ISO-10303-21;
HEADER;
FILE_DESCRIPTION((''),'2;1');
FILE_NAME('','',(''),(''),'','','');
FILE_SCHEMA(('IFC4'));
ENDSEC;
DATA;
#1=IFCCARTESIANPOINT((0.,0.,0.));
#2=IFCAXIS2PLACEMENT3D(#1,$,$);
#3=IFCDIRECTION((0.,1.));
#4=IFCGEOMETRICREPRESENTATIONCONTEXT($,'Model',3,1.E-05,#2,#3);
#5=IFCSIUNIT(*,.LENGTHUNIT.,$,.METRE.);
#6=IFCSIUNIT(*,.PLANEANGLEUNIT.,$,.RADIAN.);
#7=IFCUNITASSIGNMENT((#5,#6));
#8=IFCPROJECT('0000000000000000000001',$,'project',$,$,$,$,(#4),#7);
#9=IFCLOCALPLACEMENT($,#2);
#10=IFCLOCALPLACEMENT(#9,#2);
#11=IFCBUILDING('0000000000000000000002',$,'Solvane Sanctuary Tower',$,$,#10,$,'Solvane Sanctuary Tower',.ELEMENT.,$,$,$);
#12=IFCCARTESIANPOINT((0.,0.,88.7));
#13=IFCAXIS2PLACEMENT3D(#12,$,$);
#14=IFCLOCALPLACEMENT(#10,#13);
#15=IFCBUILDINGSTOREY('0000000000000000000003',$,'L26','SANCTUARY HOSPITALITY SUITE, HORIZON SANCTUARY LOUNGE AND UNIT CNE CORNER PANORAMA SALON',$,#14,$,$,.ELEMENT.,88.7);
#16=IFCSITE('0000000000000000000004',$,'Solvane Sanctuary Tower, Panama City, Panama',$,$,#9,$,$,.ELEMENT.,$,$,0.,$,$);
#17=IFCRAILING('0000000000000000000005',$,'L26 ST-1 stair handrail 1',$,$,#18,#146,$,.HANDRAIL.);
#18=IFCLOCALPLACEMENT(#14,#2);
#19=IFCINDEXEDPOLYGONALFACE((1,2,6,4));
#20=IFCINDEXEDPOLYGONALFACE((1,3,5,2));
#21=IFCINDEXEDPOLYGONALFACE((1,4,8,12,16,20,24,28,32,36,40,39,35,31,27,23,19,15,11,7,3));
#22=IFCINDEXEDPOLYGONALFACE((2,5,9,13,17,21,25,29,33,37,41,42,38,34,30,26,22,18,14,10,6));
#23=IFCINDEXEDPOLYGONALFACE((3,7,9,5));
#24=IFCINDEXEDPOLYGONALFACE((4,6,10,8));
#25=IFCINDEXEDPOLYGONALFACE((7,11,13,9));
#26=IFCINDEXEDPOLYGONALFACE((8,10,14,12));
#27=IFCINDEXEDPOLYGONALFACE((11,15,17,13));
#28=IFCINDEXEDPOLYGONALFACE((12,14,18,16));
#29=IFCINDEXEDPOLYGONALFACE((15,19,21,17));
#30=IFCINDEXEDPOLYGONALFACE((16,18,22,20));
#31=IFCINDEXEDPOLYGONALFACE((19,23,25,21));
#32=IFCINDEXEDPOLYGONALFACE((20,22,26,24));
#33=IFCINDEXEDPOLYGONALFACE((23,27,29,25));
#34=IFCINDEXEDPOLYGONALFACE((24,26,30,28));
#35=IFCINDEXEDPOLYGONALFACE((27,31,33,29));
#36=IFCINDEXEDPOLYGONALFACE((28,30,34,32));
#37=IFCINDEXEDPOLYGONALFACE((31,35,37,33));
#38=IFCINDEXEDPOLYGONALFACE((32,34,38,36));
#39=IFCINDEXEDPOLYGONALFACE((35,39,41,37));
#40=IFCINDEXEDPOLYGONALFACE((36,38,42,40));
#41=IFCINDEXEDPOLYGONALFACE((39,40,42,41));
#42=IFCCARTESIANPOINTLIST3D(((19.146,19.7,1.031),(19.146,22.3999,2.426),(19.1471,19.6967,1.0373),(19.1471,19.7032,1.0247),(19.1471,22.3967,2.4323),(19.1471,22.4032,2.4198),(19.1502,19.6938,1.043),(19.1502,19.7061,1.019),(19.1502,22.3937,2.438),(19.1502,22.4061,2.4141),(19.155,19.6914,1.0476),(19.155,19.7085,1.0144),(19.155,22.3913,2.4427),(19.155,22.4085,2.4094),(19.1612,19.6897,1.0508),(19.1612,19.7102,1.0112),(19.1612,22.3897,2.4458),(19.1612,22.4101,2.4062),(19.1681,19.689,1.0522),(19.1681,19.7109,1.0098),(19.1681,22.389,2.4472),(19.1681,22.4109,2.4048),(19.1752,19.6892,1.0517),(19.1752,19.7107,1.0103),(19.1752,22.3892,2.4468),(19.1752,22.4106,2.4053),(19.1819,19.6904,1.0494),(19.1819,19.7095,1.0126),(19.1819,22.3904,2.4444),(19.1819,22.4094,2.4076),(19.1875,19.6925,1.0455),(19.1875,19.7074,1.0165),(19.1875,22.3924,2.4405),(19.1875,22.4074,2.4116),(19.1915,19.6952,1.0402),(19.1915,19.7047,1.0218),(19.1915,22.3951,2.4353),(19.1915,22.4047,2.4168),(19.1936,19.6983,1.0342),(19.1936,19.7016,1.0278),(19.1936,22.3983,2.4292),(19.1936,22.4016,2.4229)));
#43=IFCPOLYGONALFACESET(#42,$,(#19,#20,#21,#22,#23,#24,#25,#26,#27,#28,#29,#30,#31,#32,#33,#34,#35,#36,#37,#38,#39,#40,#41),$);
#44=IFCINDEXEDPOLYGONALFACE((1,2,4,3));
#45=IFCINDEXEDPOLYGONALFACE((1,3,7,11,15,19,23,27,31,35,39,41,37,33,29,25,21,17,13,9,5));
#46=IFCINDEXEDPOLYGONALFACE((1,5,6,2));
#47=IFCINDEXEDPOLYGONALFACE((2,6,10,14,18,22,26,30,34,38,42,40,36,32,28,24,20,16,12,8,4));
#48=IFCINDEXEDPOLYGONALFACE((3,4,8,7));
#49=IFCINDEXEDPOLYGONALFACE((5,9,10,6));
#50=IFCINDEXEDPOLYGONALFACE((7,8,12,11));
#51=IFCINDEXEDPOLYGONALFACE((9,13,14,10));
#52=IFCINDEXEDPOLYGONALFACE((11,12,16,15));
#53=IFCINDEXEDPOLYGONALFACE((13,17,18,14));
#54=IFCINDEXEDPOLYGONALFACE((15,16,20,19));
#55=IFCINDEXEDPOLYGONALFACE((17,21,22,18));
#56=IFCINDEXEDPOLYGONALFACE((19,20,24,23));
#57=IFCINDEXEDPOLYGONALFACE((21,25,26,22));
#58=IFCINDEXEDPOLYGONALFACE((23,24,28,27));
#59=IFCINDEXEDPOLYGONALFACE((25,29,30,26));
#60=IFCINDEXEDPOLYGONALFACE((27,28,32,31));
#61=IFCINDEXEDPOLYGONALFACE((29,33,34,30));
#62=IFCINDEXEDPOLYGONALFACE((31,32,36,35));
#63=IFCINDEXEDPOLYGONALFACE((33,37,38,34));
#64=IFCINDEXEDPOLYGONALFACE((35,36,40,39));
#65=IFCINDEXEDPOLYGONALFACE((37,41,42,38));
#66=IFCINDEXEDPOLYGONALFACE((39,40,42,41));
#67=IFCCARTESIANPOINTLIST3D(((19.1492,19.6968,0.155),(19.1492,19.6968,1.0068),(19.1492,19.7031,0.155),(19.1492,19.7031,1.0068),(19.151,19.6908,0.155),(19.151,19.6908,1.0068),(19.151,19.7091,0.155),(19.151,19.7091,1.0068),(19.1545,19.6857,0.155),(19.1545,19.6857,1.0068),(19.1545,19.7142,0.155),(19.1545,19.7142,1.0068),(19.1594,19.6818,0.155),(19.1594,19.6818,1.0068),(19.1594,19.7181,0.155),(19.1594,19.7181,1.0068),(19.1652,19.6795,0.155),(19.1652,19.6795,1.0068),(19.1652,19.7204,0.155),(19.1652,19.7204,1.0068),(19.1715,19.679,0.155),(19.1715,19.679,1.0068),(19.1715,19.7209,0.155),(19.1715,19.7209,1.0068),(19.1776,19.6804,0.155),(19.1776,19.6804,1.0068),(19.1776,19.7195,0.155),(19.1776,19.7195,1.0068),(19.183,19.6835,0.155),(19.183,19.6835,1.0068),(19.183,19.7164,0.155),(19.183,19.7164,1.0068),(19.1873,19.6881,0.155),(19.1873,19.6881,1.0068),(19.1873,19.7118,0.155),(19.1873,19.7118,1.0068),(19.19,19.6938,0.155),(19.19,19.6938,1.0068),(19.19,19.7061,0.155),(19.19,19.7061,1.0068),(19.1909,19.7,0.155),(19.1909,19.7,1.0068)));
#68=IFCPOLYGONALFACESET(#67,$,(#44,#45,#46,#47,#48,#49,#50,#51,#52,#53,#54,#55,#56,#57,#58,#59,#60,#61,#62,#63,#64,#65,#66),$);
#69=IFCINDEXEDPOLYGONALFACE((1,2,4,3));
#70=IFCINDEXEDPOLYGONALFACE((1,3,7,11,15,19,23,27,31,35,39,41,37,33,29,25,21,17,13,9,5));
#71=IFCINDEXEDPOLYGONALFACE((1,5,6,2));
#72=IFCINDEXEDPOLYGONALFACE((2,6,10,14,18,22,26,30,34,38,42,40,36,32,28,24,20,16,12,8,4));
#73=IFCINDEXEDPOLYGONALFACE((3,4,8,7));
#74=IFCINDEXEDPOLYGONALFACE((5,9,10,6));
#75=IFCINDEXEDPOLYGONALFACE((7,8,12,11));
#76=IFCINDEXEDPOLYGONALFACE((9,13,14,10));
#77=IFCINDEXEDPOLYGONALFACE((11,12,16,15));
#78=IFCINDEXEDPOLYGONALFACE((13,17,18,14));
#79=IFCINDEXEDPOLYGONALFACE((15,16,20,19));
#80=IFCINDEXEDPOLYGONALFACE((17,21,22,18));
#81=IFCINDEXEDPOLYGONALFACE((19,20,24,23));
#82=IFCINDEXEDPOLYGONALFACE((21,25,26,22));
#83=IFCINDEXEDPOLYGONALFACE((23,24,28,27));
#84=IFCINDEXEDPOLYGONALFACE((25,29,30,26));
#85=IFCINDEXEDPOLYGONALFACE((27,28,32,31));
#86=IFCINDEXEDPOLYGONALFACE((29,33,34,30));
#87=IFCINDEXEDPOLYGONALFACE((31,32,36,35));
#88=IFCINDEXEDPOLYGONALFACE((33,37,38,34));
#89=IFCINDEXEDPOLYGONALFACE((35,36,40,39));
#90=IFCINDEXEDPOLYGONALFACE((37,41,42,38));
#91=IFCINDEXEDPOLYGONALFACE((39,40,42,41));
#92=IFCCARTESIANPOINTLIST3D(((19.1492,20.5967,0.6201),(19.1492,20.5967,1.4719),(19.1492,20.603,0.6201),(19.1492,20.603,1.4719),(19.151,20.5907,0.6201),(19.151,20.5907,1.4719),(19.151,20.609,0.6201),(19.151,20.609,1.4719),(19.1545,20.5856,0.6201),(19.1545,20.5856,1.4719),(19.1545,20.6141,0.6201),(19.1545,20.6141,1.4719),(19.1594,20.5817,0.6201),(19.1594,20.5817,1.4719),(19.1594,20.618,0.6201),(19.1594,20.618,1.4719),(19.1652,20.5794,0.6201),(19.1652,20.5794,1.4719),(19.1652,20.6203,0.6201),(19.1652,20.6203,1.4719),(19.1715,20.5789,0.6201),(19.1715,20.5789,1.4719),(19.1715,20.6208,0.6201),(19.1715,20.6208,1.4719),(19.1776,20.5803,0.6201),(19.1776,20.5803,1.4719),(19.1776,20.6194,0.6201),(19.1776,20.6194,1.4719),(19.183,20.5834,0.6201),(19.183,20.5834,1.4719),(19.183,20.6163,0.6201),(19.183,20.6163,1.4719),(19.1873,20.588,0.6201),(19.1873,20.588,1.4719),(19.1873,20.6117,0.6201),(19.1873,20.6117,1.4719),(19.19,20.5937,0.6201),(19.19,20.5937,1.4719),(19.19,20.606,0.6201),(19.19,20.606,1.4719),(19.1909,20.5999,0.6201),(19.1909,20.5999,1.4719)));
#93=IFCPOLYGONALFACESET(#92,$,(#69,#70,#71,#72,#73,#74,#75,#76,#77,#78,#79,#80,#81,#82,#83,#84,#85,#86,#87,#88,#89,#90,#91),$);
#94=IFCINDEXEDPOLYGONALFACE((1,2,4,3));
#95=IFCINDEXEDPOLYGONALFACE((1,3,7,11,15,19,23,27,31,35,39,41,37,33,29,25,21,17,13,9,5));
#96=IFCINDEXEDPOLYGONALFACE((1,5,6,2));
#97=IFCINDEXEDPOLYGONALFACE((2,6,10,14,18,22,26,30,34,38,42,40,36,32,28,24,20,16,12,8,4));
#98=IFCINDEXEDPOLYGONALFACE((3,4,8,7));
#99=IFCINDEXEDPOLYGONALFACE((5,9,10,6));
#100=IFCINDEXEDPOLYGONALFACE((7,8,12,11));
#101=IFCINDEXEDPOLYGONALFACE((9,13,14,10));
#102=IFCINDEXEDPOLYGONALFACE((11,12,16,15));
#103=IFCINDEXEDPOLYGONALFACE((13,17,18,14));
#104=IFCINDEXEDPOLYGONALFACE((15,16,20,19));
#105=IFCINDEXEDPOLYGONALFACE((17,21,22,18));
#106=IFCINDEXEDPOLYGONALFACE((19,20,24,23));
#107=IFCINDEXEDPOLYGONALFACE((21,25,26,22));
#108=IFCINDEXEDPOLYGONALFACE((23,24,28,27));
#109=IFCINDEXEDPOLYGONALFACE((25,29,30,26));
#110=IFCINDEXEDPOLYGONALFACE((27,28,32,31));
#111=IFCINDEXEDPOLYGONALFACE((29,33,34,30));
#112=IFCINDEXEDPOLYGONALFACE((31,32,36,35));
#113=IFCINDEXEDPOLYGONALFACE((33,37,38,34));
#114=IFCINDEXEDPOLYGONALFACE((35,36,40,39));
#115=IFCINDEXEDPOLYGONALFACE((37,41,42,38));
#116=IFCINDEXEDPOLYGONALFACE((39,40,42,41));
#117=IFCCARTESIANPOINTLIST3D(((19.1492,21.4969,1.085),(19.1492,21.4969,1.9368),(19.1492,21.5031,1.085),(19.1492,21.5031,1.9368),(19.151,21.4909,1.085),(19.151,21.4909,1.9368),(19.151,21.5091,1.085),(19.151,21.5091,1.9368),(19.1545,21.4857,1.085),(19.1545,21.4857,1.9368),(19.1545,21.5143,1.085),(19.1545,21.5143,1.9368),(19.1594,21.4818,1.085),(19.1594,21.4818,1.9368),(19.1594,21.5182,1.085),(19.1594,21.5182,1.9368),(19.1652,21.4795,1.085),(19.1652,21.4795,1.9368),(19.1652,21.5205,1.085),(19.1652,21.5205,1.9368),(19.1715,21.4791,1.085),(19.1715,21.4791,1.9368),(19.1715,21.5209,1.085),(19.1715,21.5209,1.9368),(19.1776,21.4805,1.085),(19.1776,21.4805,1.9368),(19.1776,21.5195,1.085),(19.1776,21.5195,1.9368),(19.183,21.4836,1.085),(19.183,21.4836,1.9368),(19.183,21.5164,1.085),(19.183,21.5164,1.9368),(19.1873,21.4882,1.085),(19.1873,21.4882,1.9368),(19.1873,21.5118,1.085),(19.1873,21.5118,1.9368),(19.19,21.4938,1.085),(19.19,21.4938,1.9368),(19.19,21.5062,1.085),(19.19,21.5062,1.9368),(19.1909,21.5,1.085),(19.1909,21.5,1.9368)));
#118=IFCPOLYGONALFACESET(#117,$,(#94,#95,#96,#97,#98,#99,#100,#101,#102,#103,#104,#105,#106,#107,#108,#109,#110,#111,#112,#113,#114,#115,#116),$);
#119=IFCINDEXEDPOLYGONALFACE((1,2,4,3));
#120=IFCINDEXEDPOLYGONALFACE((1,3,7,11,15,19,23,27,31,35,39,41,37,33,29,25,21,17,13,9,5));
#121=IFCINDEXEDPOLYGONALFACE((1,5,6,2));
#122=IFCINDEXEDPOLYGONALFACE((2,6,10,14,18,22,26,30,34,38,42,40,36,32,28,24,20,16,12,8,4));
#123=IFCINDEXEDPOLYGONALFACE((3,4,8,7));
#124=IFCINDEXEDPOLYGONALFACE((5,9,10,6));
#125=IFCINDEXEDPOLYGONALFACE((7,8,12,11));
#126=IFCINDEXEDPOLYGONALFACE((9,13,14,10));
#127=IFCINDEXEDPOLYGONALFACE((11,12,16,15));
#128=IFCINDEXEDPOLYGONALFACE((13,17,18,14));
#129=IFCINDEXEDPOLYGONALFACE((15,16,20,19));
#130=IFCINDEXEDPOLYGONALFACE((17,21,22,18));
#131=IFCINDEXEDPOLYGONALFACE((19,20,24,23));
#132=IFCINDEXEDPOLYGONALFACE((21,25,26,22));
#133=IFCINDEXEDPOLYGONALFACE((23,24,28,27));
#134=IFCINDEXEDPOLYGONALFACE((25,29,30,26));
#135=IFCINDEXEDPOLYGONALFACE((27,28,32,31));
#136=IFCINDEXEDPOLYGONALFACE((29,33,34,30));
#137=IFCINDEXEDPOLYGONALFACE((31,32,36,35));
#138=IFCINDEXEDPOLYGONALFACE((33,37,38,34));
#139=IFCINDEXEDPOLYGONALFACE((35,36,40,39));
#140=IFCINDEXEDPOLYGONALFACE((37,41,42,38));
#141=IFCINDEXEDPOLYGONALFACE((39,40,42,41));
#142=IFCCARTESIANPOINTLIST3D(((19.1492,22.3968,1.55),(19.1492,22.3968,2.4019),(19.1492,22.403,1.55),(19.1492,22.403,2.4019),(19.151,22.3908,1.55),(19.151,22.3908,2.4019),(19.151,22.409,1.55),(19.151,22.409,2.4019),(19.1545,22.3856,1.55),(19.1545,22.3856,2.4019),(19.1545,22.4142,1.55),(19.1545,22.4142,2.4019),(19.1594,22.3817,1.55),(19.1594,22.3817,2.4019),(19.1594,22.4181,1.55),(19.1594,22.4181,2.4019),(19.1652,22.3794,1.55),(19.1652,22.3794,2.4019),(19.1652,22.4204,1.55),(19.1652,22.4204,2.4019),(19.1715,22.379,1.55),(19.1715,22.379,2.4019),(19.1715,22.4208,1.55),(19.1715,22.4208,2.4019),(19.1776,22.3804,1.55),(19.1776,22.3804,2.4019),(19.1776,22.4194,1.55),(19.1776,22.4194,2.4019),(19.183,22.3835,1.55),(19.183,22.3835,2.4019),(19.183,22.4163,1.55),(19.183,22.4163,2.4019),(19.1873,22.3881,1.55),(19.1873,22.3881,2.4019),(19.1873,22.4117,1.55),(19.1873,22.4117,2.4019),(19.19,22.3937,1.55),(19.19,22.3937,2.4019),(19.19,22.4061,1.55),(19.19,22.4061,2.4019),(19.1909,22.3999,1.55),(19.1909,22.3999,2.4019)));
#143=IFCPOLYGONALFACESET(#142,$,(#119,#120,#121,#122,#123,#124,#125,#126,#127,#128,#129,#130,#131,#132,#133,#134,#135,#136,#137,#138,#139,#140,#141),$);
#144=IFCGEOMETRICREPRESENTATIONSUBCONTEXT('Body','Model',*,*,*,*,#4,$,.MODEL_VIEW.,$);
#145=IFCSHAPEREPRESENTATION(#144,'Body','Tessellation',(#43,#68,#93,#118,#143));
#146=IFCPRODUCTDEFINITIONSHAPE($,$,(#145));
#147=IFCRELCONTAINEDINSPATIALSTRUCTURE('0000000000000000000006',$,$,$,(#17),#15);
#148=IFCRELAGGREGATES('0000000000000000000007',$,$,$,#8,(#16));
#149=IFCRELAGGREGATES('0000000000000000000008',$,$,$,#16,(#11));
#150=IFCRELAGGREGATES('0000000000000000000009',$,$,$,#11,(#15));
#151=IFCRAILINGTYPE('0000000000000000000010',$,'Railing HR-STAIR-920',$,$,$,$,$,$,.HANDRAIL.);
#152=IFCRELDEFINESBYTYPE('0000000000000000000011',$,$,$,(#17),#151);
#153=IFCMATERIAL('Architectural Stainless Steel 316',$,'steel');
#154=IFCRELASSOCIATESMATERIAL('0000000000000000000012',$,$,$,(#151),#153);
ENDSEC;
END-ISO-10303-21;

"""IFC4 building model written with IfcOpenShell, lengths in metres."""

from ifc_helpers import new_model, si_unit, direction, frame, origin, origin_2d, place, context, subcontext, project, spatial, circle, extrude, material, type_object, element, save


model = new_model("IFC4")

# Units and contexts
model_context = context("Model", 3, precision=1e-05, world=origin(), true_north=direction((0.0, 1.0)))
body_context = subcontext(model_context, "Body", "Model", "MODEL_VIEW")
ifc_project = project(units=[si_unit("LENGTHUNIT", "METRE"), si_unit("PLANEANGLEUNIT", "RADIAN")], contexts=[model_context])

# Site, building, storey
site_placement = place(None, origin())
site = spatial("IfcSite", under=ifc_project, at=site_placement, Name="Solvane Sanctuary Tower, Panama City, Panama", CompositionType="ELEMENT", RefElevation=0.0)
building_placement = place(site_placement, origin())
building = spatial("IfcBuilding", under=site, at=building_placement, Name="Solvane Sanctuary Tower", LongName="Solvane Sanctuary Tower", CompositionType="ELEMENT")
storey_placement = place(building_placement, frame((0.0, 0.0, 88.7)))
storey = spatial("IfcBuildingStorey", under=building, at=storey_placement, Name="L26", Description="SANCTUARY HOSPITALITY SUITE, HORIZON SANCTUARY LOUNGE AND UNIT CNE CORNER PANORAMA SALON", CompositionType="ELEMENT", Elevation=88.7)

# Shared definitions
ifc_material_1 = material(Name="Architectural Stainless Steel 316", Category="steel")

# Railing
railing_type_1 = type_object("IfcRailingType", Name="Railing HR-STAIR-920", PredefinedType="HANDRAIL", material=ifc_material_1)
railing_1_placement = place(storey_placement, frame((19.1699, 19.7, 0.155)))
element("IfcRailing", 1, at=railing_1_placement, inside=storey, type_object=railing_type_1, Name="L26 ST-1 stair handrail 1", PredefinedType="HANDRAIL", context=body_context, shape_type="SweptSolid", body=[
    extrude(circle(Radius=0.0239, at=origin_2d()), frame((0.0, 0.0, 0.876), z_axis=(0.0, 0.88842, 0.459032), x_axis=(-1.0, 0.0, 0.0)), (0.0, 0.0, 1.0), 3.0391),
    extrude(circle(Radius=0.021, at=origin_2d()), origin(), (0.0, 0.0, 1.0), 0.8518),
    extrude(circle(Radius=0.021, at=origin_2d()), frame((0.0, 0.8999, 0.4651)), (0.0, 0.0, 1.0), 0.8518),
    extrude(circle(Radius=0.021, at=origin_2d()), frame((0.0, 1.8, 0.9299)), (0.0, 0.0, 1.0), 0.8518),
    extrude(circle(Radius=0.021, at=origin_2d()), frame((0.0, 2.7, 1.395)), (0.0, 0.0, 1.0), 0.8518),
])

save(model, "model.ifc")
